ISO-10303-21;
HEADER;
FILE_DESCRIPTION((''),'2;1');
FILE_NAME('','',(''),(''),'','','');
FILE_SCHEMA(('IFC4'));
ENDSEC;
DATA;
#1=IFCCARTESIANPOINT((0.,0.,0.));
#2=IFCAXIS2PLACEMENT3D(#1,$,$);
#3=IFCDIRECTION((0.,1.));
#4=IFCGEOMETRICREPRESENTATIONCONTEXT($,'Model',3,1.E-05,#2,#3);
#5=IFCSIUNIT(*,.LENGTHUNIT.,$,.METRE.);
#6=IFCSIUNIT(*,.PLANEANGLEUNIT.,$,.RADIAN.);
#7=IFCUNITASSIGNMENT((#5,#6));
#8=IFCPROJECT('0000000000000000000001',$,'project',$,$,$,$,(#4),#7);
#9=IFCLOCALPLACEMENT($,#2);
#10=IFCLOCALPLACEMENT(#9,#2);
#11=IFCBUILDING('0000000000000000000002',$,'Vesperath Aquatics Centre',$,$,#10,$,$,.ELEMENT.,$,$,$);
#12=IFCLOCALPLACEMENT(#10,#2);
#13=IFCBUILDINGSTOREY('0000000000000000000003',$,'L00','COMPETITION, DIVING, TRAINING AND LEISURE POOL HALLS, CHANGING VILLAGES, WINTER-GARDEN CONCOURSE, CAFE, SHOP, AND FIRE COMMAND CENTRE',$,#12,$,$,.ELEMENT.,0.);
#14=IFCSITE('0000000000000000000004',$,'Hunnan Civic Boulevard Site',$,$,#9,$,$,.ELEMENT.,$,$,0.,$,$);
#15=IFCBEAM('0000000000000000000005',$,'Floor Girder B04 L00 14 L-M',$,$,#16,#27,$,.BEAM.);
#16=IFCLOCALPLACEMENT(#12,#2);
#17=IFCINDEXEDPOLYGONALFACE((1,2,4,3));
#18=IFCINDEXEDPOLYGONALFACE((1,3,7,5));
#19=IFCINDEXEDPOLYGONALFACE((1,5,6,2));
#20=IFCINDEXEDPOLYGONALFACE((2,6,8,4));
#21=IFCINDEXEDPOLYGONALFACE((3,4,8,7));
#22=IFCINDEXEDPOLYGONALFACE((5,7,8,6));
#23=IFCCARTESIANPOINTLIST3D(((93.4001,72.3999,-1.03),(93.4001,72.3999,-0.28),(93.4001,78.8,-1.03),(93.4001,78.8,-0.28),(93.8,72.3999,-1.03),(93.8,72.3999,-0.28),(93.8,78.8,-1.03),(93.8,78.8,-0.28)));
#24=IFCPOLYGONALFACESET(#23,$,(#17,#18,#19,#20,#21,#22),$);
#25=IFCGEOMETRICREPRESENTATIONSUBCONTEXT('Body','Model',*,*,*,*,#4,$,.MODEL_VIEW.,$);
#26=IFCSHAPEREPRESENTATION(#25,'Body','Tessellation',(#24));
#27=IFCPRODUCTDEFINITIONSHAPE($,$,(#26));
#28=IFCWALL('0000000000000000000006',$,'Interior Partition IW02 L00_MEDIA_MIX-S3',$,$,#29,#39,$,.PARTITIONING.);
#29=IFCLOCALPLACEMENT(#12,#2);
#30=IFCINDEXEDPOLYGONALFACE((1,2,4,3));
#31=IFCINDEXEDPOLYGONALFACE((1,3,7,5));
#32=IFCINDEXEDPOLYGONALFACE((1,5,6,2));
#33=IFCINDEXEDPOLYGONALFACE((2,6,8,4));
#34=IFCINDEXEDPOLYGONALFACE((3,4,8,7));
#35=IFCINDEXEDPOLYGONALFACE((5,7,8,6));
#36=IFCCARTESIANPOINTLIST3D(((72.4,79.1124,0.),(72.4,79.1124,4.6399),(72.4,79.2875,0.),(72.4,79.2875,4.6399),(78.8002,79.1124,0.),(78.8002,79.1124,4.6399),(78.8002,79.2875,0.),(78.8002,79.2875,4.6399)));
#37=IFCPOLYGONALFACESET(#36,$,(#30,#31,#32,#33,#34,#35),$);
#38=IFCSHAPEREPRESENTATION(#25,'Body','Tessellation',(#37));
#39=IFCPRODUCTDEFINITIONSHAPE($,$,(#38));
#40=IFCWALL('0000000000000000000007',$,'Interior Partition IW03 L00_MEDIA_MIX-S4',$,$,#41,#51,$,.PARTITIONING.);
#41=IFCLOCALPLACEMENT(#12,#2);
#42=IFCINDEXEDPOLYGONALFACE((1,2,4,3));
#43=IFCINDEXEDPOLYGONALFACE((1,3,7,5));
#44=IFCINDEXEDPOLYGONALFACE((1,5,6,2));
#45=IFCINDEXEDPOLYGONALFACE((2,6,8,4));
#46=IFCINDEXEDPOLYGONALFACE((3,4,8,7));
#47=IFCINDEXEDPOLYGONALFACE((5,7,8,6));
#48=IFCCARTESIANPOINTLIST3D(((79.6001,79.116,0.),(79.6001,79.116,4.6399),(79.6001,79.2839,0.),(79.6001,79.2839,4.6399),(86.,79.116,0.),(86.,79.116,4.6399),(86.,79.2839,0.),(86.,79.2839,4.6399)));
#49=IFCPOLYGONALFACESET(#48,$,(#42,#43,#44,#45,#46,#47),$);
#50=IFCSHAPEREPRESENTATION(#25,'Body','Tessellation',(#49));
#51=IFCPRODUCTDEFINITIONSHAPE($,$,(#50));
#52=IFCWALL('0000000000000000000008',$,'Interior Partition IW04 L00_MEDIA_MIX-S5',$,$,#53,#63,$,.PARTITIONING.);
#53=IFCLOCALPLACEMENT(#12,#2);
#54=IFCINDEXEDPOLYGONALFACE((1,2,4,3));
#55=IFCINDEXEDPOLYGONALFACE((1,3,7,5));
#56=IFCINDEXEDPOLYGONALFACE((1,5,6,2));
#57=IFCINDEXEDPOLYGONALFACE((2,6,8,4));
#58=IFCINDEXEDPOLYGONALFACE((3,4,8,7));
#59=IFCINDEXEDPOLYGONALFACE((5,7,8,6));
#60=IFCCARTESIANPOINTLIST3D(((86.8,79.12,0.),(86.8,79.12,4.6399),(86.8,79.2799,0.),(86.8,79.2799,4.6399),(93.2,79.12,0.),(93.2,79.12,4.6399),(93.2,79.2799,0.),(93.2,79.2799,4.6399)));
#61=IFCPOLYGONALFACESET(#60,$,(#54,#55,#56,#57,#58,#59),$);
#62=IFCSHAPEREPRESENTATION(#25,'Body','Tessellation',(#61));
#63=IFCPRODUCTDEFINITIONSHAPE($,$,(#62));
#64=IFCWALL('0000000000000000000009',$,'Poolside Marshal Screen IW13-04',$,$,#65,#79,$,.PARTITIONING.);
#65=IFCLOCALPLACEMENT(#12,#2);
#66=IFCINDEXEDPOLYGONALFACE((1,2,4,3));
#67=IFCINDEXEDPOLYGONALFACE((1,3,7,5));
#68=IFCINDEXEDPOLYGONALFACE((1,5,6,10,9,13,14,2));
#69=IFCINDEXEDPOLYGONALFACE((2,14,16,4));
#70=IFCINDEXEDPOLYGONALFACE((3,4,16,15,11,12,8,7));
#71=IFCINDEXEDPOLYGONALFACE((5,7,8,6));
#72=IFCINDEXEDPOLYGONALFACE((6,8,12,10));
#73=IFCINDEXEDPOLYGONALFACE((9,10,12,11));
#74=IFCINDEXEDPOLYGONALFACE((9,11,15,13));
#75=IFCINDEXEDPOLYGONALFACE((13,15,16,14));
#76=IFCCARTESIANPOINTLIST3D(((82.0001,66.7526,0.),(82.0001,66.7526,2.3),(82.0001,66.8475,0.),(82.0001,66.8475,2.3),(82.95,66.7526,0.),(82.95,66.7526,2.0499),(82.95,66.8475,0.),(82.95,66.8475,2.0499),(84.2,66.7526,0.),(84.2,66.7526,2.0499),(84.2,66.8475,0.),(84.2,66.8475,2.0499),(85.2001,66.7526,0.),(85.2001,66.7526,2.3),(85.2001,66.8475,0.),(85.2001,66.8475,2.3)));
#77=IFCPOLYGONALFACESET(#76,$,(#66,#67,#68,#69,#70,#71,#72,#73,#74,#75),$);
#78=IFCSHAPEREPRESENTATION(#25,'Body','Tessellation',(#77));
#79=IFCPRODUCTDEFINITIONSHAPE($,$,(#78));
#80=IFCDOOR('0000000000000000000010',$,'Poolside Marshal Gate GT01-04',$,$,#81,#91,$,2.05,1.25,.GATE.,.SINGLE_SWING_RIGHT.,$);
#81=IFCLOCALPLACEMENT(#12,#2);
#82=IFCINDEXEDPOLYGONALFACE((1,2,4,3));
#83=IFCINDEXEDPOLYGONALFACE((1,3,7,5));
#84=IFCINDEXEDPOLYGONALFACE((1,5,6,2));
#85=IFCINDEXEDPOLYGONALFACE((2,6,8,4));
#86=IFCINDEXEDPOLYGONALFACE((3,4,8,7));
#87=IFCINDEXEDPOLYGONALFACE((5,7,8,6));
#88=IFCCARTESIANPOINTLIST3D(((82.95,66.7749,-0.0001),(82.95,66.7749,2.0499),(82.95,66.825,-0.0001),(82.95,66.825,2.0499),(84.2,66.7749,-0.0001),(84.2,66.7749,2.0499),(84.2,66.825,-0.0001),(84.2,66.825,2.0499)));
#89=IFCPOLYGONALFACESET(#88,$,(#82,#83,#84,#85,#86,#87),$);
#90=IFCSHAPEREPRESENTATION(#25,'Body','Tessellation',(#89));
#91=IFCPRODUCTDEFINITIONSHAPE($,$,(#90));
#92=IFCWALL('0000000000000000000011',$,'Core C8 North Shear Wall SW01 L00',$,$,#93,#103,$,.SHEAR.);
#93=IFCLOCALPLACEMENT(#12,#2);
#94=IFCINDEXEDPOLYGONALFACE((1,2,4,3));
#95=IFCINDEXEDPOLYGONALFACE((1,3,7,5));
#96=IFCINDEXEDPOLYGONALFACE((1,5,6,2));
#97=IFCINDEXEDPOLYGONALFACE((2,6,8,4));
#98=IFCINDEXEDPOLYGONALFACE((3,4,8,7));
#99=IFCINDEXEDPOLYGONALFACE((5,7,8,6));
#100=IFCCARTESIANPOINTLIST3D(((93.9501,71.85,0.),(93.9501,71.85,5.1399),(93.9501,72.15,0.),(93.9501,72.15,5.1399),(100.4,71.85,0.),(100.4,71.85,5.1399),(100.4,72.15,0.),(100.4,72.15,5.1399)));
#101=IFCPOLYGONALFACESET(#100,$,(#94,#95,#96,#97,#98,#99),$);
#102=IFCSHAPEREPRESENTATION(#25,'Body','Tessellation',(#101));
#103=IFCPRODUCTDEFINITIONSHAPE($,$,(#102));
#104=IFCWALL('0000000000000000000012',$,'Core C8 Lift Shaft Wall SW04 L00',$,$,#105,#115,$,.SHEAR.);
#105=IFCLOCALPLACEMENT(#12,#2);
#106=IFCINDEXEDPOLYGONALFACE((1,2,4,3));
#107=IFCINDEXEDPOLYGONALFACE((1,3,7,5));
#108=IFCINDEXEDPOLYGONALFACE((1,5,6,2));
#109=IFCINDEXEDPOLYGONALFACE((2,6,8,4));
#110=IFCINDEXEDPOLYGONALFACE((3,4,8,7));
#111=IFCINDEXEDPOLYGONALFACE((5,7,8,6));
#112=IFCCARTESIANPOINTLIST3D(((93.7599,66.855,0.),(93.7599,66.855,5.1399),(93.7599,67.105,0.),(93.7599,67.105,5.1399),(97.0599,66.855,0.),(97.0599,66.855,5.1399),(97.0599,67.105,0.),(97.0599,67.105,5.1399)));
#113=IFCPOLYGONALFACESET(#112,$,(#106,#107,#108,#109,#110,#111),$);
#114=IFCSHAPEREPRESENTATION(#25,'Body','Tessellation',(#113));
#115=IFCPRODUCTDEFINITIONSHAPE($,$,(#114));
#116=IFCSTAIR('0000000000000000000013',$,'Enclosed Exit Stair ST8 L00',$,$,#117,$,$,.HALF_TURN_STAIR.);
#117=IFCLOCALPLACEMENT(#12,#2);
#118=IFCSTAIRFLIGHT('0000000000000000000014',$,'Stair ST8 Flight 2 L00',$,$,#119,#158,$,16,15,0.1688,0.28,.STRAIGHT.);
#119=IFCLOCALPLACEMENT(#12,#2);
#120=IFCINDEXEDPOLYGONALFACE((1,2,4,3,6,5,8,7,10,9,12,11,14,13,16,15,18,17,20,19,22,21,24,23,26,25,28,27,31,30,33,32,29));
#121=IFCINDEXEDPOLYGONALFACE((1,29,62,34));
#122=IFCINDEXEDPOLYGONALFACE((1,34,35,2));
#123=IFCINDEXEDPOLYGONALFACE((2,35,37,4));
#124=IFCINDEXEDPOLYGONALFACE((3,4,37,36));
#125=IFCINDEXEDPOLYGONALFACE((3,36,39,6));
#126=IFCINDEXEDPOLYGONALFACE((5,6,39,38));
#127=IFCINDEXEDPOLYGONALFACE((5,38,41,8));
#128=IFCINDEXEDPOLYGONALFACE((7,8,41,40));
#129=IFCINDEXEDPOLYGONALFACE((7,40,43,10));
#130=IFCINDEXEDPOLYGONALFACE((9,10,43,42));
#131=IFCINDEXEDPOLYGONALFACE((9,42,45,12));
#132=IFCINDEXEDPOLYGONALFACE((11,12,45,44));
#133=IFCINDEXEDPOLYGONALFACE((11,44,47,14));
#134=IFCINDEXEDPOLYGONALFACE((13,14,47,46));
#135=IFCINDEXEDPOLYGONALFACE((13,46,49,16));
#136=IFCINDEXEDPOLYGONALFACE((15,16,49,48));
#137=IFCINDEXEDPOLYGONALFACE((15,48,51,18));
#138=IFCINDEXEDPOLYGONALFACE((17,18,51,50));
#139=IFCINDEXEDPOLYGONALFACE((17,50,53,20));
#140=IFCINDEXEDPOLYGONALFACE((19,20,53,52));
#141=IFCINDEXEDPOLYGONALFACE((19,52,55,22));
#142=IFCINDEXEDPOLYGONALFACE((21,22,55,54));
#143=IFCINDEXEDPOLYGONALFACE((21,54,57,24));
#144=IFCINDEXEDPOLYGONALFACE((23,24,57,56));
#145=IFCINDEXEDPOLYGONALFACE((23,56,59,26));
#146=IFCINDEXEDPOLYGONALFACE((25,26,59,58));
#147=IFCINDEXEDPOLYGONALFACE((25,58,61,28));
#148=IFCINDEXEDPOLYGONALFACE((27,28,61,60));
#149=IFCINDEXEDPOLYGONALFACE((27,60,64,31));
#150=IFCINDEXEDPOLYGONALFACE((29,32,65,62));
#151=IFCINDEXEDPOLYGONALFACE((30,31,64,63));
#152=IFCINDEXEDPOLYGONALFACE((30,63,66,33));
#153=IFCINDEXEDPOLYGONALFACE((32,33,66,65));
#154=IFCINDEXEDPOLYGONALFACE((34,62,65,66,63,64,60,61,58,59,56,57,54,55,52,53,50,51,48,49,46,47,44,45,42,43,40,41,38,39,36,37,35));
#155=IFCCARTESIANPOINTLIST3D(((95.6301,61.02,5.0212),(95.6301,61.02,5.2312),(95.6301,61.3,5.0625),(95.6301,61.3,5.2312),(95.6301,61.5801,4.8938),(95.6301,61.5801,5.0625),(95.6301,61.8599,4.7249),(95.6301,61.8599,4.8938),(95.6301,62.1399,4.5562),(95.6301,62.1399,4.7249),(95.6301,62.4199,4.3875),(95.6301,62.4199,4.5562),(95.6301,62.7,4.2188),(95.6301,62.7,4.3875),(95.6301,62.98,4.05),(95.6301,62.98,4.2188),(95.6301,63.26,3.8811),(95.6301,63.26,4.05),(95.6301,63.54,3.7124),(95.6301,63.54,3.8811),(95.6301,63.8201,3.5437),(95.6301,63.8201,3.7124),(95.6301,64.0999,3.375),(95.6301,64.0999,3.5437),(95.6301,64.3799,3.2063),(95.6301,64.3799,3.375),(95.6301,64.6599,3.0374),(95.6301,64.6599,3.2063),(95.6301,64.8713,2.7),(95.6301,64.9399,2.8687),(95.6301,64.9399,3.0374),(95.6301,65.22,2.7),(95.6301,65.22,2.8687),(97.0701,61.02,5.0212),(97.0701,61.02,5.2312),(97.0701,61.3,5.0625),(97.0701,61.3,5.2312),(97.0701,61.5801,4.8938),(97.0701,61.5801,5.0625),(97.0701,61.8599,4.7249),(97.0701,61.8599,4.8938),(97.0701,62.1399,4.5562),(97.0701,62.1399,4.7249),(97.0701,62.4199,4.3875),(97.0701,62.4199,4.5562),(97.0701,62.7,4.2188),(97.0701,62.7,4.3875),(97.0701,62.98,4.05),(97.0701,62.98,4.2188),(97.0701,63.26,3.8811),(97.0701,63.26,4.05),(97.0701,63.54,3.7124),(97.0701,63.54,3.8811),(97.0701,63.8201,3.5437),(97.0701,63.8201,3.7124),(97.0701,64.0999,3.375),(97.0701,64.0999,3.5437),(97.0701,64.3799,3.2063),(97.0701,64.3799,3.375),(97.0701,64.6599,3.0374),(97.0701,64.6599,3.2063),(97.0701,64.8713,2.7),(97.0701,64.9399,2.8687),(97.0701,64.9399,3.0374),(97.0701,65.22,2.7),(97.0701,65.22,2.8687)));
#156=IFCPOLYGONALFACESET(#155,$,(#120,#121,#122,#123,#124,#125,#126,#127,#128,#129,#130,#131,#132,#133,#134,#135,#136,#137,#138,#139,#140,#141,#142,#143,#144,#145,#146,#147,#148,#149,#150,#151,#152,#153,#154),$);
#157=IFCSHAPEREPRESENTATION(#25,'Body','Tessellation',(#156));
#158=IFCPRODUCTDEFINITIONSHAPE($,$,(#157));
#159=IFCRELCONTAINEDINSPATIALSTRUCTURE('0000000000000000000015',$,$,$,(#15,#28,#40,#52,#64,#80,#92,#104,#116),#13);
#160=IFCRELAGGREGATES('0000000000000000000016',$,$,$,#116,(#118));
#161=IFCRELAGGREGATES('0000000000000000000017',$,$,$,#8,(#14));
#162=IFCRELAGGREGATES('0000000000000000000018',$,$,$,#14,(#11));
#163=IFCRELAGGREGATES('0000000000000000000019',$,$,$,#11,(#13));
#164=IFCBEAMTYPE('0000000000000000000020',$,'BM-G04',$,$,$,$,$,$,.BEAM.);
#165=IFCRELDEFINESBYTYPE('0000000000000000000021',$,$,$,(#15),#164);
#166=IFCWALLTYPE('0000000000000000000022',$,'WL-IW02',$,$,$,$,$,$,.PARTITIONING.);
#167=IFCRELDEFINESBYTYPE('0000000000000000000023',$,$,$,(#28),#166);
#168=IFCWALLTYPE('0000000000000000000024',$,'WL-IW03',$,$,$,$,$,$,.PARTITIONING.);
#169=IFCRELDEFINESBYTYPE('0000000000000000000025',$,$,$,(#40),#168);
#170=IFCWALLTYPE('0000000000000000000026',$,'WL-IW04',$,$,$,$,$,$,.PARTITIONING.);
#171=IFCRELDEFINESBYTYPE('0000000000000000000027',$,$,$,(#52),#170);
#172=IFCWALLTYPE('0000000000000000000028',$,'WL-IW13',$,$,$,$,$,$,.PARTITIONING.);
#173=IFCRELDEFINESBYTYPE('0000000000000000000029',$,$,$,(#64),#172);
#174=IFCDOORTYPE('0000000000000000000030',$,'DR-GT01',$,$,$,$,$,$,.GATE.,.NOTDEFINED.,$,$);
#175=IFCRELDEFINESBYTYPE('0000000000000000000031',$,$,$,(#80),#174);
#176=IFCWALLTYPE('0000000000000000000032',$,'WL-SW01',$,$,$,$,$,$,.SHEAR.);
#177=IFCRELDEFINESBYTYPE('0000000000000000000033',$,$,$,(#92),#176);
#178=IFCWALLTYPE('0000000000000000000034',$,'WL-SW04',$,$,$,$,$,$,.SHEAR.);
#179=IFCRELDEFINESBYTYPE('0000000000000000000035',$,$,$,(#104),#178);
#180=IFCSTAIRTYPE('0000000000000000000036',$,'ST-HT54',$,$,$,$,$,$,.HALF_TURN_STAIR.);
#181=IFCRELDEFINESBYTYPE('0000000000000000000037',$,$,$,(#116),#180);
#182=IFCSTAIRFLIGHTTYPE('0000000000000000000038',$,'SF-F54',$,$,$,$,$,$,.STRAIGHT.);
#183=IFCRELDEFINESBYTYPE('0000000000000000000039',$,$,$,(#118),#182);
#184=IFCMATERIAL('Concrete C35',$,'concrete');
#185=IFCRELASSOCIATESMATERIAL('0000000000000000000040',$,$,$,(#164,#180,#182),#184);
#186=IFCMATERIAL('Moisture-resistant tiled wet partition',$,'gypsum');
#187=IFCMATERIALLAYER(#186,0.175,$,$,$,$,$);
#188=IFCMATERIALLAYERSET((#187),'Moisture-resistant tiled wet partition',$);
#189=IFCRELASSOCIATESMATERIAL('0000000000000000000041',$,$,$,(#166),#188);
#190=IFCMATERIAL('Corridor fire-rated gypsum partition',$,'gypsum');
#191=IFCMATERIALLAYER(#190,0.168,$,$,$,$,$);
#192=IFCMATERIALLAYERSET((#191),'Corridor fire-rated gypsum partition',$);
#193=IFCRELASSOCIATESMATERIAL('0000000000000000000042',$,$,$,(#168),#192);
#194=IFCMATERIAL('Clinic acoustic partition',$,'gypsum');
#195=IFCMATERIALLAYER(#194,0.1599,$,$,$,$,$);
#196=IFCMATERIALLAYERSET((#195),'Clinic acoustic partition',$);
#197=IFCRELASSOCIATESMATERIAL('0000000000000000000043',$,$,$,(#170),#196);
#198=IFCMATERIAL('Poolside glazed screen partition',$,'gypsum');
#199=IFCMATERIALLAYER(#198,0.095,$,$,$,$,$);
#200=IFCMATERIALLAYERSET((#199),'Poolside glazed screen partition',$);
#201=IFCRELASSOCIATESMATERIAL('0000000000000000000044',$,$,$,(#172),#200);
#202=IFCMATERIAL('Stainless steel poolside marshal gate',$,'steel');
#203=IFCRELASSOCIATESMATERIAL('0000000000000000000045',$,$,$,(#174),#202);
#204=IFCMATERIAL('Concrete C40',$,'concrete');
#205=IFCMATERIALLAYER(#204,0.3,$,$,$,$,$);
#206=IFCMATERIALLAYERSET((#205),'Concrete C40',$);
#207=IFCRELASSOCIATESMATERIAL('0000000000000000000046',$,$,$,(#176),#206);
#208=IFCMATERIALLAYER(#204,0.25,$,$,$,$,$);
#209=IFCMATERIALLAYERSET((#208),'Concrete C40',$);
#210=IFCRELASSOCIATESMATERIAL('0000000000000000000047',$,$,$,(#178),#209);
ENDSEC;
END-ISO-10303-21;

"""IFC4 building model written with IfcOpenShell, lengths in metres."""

from ifc_helpers import new_model, si_unit, direction, frame, frame_2d, origin, origin_2d, place, context, subcontext, project, spatial, polyline, rectangle, outline, extrude, material, layer, layer_set, material_profile, profile_set, type_object, element, fill, aggregate, save


model = new_model("IFC4")

# Units and contexts
model_context = context("Model", 3, precision=1e-05, world=origin(), true_north=direction((0.0, 1.0)))
body_context = subcontext(model_context, "Body", "Model", "MODEL_VIEW")
ifc_project = project(units=[si_unit("LENGTHUNIT", "METRE"), si_unit("PLANEANGLEUNIT", "RADIAN")], contexts=[model_context])

# Site, building, storey
site_placement = place(None, origin())
site = spatial("IfcSite", under=ifc_project, at=site_placement, Name="Hunnan Civic Boulevard Site", CompositionType="ELEMENT", RefElevation=0.0)
building_placement = place(site_placement, origin())
building = spatial("IfcBuilding", under=site, at=building_placement, Name="Vesperath Aquatics Centre", CompositionType="ELEMENT")
storey_placement = place(building_placement, origin())
storey = spatial("IfcBuildingStorey", under=building, at=storey_placement, Name="L00", Description="COMPETITION, DIVING, TRAINING AND LEISURE POOL HALLS, CHANGING VILLAGES, WINTER-GARDEN CONCOURSE, CAFE, SHOP, AND FIRE COMMAND CENTRE", CompositionType="ELEMENT", Elevation=0.0)

# Shared definitions
ifc_material_1 = material(Name="Concrete C40", Category="concrete")

# Beam
ifc_material_2 = material(Name="Concrete C35", Category="concrete")
ifc_material_profile_1 = material_profile(ifc_material_2, rectangle(XDim=0.3999, YDim=0.75, at=origin_2d()), Name="RC 400x750")
ifc_profile_set_1 = profile_set([ifc_material_profile_1], Name="Concrete C35")
beam_type_1 = type_object("IfcBeamType", Name="BM-G04", PredefinedType="BEAM", material=ifc_profile_set_1)
for number, where, z_axis, x_axis, name in (
    (1, (93.6001, 72.3999, -0.655), (0.0, 1.0, 0.0), (-1.0, 0.0, 0.0), "Floor Girder B04 L00 14 L-M"),
):
    element("IfcBeam", number, at=place(storey_placement, frame(where, z_axis=z_axis, x_axis=x_axis)), inside=storey, type_object=beam_type_1, Name=name, PredefinedType="BEAM", context=body_context, shape_type="SweptSolid", body=[
        extrude(rectangle(XDim=0.3999, YDim=0.75, at=origin_2d()), origin(), (0.0, 0.0, 1.0), 6.4001),
    ])

# Walls
ifc_material_3 = material(Name="Moisture-resistant tiled wet partition", Category="gypsum")
ifc_layer_1 = layer(ifc_material_3, 0.175)
ifc_layer_set_1 = layer_set([ifc_layer_1], Name="Moisture-resistant tiled wet partition")
wall_type_1 = type_object("IfcWallType", Name="WL-IW02", PredefinedType="PARTITIONING", material=ifc_layer_set_1)
wall_1_placement = place(storey_placement, frame((72.3999, 79.2, 0.0), z_axis=(0.0, 0.0, 1.0), x_axis=(1.0, 0.0, 0.0)))
element("IfcWall", 2, at=wall_1_placement, inside=storey, type_object=wall_type_1, Name="Interior Partition IW02 L00_MEDIA_MIX-S3", PredefinedType="PARTITIONING", context=body_context, shape_type="SweptSolid", body=[
    extrude(rectangle(XDim=6.4001, YDim=0.175, at=frame_2d((3.2002, 0.0))), origin(), (0.0, 0.0, 1.0), 4.6399),
])
ifc_material_4 = material(Name="Corridor fire-rated gypsum partition", Category="gypsum")
ifc_layer_2 = layer(ifc_material_4, 0.168)
ifc_layer_set_2 = layer_set([ifc_layer_2], Name="Corridor fire-rated gypsum partition")
wall_type_2 = type_object("IfcWallType", Name="WL-IW03", PredefinedType="PARTITIONING", material=ifc_layer_set_2)
wall_2_placement = place(storey_placement, frame((79.6001, 79.2, 0.0), z_axis=(0.0, 0.0, 1.0), x_axis=(1.0, 0.0, 0.0)))
element("IfcWall", 3, at=wall_2_placement, inside=storey, type_object=wall_type_2, Name="Interior Partition IW03 L00_MEDIA_MIX-S4", PredefinedType="PARTITIONING", context=body_context, shape_type="SweptSolid", body=[
    extrude(rectangle(XDim=6.3999, YDim=0.168, at=frame_2d((3.2, 0.0))), origin(), (0.0, 0.0, 1.0), 4.6399),
])
ifc_material_5 = material(Name="Clinic acoustic partition", Category="gypsum")
ifc_layer_3 = layer(ifc_material_5, 0.1599)
ifc_layer_set_3 = layer_set([ifc_layer_3], Name="Clinic acoustic partition")
wall_type_3 = type_object("IfcWallType", Name="WL-IW04", PredefinedType="PARTITIONING", material=ifc_layer_set_3)
wall_3_placement = place(storey_placement, frame((86.8, 79.2, 0.0), z_axis=(0.0, 0.0, 1.0), x_axis=(1.0, 0.0, 0.0)))
element("IfcWall", 4, at=wall_3_placement, inside=storey, type_object=wall_type_3, Name="Interior Partition IW04 L00_MEDIA_MIX-S5", PredefinedType="PARTITIONING", context=body_context, shape_type="SweptSolid", body=[
    extrude(rectangle(XDim=6.3999, YDim=0.1599, at=frame_2d((3.2, 0.0))), origin(), (0.0, 0.0, 1.0), 4.6399),
])

# Wall, opening, door
ifc_material_6 = material(Name="Poolside glazed screen partition", Category="gypsum")
ifc_layer_4 = layer(ifc_material_6, 0.095)
ifc_layer_set_4 = layer_set([ifc_layer_4], Name="Poolside glazed screen partition")
wall_type_4 = type_object("IfcWallType", Name="WL-IW13", PredefinedType="PARTITIONING", material=ifc_layer_set_4)
wall_4_placement = place(storey_placement, frame((82.0, 66.8, 0.0), z_axis=(0.0, 0.0, 1.0), x_axis=(1.0, 0.0, 0.0)))
wall_4 = element("IfcWall", 5, at=wall_4_placement, inside=storey, type_object=wall_type_4, Name="Poolside Marshal Screen IW13-04", PredefinedType="PARTITIONING", context=body_context, shape_type="SweptSolid", body=[
    extrude(rectangle(XDim=3.2, YDim=0.095, at=frame_2d((1.6001, 0.0))), origin(), (0.0, 0.0, 1.0), 2.3),
])
opening_placement = place(wall_4_placement, frame((0.95, 0.0, 0.0)))
opening = element("IfcOpeningElement", 6, at=opening_placement, cuts=wall_4, PredefinedType="OPENING", context=body_context, shape_type="SweptSolid", body=[
    extrude(rectangle(XDim=1.25, YDim=2.05, at=frame_2d((0.625, 1.0249))), frame((0.0, 0.0625, 0.0), z_axis=(0.0, -1.0, 0.0), x_axis=(1.0, 0.0, 0.0)), (0.0, 0.0, 1.0), 0.1248),
])
ifc_material_7 = material(Name="Stainless steel poolside marshal gate", Category="steel")
door_type = type_object("IfcDoorType", Name="DR-GT01", OperationType="NOTDEFINED", PredefinedType="GATE", material=ifc_material_7)
door_placement = place(opening_placement, origin())
door = element("IfcDoor", 7, at=door_placement, inside=storey, type_object=door_type, Name="Poolside Marshal Gate GT01-04", OperationType="SINGLE_SWING_RIGHT", OverallHeight=2.05, OverallWidth=1.25, PredefinedType="GATE", context=body_context, shape_type="SweptSolid", body=[
    extrude(rectangle(XDim=1.25, YDim=2.05, at=frame_2d((0.625, 1.0249))), frame((0.0, 0.0249, 0.0), z_axis=(0.0, -1.0, 0.0), x_axis=(1.0, 0.0, 0.0)), (0.0, 0.0, 1.0), 0.05),
])
fill(opening, door)

# Walls
ifc_layer_5 = layer(ifc_material_1, 0.3)
ifc_layer_set_5 = layer_set([ifc_layer_5], Name="Concrete C40")
wall_type_5 = type_object("IfcWallType", Name="WL-SW01", PredefinedType="SHEAR", material=ifc_layer_set_5)
wall_5_placement = place(storey_placement, frame((93.95, 72.0, 0.0), z_axis=(0.0, 0.0, 1.0), x_axis=(1.0, 0.0, 0.0)))
element("IfcWall", 8, at=wall_5_placement, inside=storey, type_object=wall_type_5, Name="Core C8 North Shear Wall SW01 L00", PredefinedType="SHEAR", context=body_context, shape_type="SweptSolid", body=[
    extrude(rectangle(XDim=6.45, YDim=0.3, at=frame_2d((3.2251, 0.0))), origin(), (0.0, 0.0, 1.0), 5.1399),
])
ifc_layer_6 = layer(ifc_material_1, 0.25)
ifc_layer_set_6 = layer_set([ifc_layer_6], Name="Concrete C40")
wall_type_6 = type_object("IfcWallType", Name="WL-SW04", PredefinedType="SHEAR", material=ifc_layer_set_6)
wall_6_placement = place(storey_placement, frame((93.76, 66.98, 0.0), z_axis=(0.0, 0.0, 1.0), x_axis=(1.0, 0.0, 0.0)))
element("IfcWall", 9, at=wall_6_placement, inside=storey, type_object=wall_type_6, Name="Core C8 Lift Shaft Wall SW04 L00", PredefinedType="SHEAR", context=body_context, shape_type="SweptSolid", body=[
    extrude(rectangle(XDim=3.3, YDim=0.25, at=frame_2d((1.6499, 0.0))), origin(), (0.0, 0.0, 1.0), 5.1399),
])

# Stair, stair flight
stair_type = type_object("IfcStairType", Name="ST-HT54", PredefinedType="HALF_TURN_STAIR", material=ifc_material_2)
stair_placement = place(storey_placement, origin())
stair = element("IfcStair", 10, at=stair_placement, inside=storey, type_object=stair_type, Name="Enclosed Exit Stair ST8 L00", PredefinedType="HALF_TURN_STAIR")
stair_flight_type = type_object("IfcStairFlightType", Name="SF-F54", PredefinedType="STRAIGHT", material=ifc_material_2)
stair_flight_placement = place(storey_placement, frame((96.3501, 65.22, 2.7), z_axis=(0.0, 0.0, 1.0), x_axis=(0.0, -1.0, 0.0)))
stair_flight = element("IfcStairFlight", 11, at=stair_flight_placement, type_object=stair_flight_type, Name="Stair ST8 Flight 2 L00", NumberOfRisers=16, NumberOfTreads=15, PredefinedType="STRAIGHT", RiserHeight=0.1688, TreadLength=0.28, context=body_context, shape_type="SweptSolid", body=[
    extrude(outline(polyline([(0.0, 0.0), (0.0, 0.1687), (0.28, 0.1687), (0.28, 0.3374), (0.5601, 0.3374), (0.5601, 0.5063), (0.8401, 0.5063), (0.8401, 0.675), (1.1201, 0.675), (1.1201, 0.8438), (1.3999, 0.8438), (1.3999, 1.0125), (1.6799, 1.0125), (1.6799, 1.1812), (1.96, 1.1812), (1.96, 1.3501), (2.24, 1.3501), (2.24, 1.5188), (2.52, 1.5188), (2.52, 1.6875), (2.8, 1.6875), (2.8, 1.8562), (3.0801, 1.8562), (3.0801, 2.0249), (3.3601, 2.0249), (3.3601, 2.1938), (3.6399, 2.1938), (3.6399, 2.3625), (3.9199, 2.3625), (3.9199, 2.5312), (4.2, 2.5312), (4.2, 2.7), (4.2, 2.3213), (0.3486, 0.0), (0.0, 0.0)])), frame((0.0, 0.72, 0.0), z_axis=(0.0, -1.0, 0.0), x_axis=(1.0, 0.0, 0.0)), (0.0, 0.0, 1.0), 1.4399),
])
aggregate(stair, [stair_flight])

save(model, "model.ifc")
